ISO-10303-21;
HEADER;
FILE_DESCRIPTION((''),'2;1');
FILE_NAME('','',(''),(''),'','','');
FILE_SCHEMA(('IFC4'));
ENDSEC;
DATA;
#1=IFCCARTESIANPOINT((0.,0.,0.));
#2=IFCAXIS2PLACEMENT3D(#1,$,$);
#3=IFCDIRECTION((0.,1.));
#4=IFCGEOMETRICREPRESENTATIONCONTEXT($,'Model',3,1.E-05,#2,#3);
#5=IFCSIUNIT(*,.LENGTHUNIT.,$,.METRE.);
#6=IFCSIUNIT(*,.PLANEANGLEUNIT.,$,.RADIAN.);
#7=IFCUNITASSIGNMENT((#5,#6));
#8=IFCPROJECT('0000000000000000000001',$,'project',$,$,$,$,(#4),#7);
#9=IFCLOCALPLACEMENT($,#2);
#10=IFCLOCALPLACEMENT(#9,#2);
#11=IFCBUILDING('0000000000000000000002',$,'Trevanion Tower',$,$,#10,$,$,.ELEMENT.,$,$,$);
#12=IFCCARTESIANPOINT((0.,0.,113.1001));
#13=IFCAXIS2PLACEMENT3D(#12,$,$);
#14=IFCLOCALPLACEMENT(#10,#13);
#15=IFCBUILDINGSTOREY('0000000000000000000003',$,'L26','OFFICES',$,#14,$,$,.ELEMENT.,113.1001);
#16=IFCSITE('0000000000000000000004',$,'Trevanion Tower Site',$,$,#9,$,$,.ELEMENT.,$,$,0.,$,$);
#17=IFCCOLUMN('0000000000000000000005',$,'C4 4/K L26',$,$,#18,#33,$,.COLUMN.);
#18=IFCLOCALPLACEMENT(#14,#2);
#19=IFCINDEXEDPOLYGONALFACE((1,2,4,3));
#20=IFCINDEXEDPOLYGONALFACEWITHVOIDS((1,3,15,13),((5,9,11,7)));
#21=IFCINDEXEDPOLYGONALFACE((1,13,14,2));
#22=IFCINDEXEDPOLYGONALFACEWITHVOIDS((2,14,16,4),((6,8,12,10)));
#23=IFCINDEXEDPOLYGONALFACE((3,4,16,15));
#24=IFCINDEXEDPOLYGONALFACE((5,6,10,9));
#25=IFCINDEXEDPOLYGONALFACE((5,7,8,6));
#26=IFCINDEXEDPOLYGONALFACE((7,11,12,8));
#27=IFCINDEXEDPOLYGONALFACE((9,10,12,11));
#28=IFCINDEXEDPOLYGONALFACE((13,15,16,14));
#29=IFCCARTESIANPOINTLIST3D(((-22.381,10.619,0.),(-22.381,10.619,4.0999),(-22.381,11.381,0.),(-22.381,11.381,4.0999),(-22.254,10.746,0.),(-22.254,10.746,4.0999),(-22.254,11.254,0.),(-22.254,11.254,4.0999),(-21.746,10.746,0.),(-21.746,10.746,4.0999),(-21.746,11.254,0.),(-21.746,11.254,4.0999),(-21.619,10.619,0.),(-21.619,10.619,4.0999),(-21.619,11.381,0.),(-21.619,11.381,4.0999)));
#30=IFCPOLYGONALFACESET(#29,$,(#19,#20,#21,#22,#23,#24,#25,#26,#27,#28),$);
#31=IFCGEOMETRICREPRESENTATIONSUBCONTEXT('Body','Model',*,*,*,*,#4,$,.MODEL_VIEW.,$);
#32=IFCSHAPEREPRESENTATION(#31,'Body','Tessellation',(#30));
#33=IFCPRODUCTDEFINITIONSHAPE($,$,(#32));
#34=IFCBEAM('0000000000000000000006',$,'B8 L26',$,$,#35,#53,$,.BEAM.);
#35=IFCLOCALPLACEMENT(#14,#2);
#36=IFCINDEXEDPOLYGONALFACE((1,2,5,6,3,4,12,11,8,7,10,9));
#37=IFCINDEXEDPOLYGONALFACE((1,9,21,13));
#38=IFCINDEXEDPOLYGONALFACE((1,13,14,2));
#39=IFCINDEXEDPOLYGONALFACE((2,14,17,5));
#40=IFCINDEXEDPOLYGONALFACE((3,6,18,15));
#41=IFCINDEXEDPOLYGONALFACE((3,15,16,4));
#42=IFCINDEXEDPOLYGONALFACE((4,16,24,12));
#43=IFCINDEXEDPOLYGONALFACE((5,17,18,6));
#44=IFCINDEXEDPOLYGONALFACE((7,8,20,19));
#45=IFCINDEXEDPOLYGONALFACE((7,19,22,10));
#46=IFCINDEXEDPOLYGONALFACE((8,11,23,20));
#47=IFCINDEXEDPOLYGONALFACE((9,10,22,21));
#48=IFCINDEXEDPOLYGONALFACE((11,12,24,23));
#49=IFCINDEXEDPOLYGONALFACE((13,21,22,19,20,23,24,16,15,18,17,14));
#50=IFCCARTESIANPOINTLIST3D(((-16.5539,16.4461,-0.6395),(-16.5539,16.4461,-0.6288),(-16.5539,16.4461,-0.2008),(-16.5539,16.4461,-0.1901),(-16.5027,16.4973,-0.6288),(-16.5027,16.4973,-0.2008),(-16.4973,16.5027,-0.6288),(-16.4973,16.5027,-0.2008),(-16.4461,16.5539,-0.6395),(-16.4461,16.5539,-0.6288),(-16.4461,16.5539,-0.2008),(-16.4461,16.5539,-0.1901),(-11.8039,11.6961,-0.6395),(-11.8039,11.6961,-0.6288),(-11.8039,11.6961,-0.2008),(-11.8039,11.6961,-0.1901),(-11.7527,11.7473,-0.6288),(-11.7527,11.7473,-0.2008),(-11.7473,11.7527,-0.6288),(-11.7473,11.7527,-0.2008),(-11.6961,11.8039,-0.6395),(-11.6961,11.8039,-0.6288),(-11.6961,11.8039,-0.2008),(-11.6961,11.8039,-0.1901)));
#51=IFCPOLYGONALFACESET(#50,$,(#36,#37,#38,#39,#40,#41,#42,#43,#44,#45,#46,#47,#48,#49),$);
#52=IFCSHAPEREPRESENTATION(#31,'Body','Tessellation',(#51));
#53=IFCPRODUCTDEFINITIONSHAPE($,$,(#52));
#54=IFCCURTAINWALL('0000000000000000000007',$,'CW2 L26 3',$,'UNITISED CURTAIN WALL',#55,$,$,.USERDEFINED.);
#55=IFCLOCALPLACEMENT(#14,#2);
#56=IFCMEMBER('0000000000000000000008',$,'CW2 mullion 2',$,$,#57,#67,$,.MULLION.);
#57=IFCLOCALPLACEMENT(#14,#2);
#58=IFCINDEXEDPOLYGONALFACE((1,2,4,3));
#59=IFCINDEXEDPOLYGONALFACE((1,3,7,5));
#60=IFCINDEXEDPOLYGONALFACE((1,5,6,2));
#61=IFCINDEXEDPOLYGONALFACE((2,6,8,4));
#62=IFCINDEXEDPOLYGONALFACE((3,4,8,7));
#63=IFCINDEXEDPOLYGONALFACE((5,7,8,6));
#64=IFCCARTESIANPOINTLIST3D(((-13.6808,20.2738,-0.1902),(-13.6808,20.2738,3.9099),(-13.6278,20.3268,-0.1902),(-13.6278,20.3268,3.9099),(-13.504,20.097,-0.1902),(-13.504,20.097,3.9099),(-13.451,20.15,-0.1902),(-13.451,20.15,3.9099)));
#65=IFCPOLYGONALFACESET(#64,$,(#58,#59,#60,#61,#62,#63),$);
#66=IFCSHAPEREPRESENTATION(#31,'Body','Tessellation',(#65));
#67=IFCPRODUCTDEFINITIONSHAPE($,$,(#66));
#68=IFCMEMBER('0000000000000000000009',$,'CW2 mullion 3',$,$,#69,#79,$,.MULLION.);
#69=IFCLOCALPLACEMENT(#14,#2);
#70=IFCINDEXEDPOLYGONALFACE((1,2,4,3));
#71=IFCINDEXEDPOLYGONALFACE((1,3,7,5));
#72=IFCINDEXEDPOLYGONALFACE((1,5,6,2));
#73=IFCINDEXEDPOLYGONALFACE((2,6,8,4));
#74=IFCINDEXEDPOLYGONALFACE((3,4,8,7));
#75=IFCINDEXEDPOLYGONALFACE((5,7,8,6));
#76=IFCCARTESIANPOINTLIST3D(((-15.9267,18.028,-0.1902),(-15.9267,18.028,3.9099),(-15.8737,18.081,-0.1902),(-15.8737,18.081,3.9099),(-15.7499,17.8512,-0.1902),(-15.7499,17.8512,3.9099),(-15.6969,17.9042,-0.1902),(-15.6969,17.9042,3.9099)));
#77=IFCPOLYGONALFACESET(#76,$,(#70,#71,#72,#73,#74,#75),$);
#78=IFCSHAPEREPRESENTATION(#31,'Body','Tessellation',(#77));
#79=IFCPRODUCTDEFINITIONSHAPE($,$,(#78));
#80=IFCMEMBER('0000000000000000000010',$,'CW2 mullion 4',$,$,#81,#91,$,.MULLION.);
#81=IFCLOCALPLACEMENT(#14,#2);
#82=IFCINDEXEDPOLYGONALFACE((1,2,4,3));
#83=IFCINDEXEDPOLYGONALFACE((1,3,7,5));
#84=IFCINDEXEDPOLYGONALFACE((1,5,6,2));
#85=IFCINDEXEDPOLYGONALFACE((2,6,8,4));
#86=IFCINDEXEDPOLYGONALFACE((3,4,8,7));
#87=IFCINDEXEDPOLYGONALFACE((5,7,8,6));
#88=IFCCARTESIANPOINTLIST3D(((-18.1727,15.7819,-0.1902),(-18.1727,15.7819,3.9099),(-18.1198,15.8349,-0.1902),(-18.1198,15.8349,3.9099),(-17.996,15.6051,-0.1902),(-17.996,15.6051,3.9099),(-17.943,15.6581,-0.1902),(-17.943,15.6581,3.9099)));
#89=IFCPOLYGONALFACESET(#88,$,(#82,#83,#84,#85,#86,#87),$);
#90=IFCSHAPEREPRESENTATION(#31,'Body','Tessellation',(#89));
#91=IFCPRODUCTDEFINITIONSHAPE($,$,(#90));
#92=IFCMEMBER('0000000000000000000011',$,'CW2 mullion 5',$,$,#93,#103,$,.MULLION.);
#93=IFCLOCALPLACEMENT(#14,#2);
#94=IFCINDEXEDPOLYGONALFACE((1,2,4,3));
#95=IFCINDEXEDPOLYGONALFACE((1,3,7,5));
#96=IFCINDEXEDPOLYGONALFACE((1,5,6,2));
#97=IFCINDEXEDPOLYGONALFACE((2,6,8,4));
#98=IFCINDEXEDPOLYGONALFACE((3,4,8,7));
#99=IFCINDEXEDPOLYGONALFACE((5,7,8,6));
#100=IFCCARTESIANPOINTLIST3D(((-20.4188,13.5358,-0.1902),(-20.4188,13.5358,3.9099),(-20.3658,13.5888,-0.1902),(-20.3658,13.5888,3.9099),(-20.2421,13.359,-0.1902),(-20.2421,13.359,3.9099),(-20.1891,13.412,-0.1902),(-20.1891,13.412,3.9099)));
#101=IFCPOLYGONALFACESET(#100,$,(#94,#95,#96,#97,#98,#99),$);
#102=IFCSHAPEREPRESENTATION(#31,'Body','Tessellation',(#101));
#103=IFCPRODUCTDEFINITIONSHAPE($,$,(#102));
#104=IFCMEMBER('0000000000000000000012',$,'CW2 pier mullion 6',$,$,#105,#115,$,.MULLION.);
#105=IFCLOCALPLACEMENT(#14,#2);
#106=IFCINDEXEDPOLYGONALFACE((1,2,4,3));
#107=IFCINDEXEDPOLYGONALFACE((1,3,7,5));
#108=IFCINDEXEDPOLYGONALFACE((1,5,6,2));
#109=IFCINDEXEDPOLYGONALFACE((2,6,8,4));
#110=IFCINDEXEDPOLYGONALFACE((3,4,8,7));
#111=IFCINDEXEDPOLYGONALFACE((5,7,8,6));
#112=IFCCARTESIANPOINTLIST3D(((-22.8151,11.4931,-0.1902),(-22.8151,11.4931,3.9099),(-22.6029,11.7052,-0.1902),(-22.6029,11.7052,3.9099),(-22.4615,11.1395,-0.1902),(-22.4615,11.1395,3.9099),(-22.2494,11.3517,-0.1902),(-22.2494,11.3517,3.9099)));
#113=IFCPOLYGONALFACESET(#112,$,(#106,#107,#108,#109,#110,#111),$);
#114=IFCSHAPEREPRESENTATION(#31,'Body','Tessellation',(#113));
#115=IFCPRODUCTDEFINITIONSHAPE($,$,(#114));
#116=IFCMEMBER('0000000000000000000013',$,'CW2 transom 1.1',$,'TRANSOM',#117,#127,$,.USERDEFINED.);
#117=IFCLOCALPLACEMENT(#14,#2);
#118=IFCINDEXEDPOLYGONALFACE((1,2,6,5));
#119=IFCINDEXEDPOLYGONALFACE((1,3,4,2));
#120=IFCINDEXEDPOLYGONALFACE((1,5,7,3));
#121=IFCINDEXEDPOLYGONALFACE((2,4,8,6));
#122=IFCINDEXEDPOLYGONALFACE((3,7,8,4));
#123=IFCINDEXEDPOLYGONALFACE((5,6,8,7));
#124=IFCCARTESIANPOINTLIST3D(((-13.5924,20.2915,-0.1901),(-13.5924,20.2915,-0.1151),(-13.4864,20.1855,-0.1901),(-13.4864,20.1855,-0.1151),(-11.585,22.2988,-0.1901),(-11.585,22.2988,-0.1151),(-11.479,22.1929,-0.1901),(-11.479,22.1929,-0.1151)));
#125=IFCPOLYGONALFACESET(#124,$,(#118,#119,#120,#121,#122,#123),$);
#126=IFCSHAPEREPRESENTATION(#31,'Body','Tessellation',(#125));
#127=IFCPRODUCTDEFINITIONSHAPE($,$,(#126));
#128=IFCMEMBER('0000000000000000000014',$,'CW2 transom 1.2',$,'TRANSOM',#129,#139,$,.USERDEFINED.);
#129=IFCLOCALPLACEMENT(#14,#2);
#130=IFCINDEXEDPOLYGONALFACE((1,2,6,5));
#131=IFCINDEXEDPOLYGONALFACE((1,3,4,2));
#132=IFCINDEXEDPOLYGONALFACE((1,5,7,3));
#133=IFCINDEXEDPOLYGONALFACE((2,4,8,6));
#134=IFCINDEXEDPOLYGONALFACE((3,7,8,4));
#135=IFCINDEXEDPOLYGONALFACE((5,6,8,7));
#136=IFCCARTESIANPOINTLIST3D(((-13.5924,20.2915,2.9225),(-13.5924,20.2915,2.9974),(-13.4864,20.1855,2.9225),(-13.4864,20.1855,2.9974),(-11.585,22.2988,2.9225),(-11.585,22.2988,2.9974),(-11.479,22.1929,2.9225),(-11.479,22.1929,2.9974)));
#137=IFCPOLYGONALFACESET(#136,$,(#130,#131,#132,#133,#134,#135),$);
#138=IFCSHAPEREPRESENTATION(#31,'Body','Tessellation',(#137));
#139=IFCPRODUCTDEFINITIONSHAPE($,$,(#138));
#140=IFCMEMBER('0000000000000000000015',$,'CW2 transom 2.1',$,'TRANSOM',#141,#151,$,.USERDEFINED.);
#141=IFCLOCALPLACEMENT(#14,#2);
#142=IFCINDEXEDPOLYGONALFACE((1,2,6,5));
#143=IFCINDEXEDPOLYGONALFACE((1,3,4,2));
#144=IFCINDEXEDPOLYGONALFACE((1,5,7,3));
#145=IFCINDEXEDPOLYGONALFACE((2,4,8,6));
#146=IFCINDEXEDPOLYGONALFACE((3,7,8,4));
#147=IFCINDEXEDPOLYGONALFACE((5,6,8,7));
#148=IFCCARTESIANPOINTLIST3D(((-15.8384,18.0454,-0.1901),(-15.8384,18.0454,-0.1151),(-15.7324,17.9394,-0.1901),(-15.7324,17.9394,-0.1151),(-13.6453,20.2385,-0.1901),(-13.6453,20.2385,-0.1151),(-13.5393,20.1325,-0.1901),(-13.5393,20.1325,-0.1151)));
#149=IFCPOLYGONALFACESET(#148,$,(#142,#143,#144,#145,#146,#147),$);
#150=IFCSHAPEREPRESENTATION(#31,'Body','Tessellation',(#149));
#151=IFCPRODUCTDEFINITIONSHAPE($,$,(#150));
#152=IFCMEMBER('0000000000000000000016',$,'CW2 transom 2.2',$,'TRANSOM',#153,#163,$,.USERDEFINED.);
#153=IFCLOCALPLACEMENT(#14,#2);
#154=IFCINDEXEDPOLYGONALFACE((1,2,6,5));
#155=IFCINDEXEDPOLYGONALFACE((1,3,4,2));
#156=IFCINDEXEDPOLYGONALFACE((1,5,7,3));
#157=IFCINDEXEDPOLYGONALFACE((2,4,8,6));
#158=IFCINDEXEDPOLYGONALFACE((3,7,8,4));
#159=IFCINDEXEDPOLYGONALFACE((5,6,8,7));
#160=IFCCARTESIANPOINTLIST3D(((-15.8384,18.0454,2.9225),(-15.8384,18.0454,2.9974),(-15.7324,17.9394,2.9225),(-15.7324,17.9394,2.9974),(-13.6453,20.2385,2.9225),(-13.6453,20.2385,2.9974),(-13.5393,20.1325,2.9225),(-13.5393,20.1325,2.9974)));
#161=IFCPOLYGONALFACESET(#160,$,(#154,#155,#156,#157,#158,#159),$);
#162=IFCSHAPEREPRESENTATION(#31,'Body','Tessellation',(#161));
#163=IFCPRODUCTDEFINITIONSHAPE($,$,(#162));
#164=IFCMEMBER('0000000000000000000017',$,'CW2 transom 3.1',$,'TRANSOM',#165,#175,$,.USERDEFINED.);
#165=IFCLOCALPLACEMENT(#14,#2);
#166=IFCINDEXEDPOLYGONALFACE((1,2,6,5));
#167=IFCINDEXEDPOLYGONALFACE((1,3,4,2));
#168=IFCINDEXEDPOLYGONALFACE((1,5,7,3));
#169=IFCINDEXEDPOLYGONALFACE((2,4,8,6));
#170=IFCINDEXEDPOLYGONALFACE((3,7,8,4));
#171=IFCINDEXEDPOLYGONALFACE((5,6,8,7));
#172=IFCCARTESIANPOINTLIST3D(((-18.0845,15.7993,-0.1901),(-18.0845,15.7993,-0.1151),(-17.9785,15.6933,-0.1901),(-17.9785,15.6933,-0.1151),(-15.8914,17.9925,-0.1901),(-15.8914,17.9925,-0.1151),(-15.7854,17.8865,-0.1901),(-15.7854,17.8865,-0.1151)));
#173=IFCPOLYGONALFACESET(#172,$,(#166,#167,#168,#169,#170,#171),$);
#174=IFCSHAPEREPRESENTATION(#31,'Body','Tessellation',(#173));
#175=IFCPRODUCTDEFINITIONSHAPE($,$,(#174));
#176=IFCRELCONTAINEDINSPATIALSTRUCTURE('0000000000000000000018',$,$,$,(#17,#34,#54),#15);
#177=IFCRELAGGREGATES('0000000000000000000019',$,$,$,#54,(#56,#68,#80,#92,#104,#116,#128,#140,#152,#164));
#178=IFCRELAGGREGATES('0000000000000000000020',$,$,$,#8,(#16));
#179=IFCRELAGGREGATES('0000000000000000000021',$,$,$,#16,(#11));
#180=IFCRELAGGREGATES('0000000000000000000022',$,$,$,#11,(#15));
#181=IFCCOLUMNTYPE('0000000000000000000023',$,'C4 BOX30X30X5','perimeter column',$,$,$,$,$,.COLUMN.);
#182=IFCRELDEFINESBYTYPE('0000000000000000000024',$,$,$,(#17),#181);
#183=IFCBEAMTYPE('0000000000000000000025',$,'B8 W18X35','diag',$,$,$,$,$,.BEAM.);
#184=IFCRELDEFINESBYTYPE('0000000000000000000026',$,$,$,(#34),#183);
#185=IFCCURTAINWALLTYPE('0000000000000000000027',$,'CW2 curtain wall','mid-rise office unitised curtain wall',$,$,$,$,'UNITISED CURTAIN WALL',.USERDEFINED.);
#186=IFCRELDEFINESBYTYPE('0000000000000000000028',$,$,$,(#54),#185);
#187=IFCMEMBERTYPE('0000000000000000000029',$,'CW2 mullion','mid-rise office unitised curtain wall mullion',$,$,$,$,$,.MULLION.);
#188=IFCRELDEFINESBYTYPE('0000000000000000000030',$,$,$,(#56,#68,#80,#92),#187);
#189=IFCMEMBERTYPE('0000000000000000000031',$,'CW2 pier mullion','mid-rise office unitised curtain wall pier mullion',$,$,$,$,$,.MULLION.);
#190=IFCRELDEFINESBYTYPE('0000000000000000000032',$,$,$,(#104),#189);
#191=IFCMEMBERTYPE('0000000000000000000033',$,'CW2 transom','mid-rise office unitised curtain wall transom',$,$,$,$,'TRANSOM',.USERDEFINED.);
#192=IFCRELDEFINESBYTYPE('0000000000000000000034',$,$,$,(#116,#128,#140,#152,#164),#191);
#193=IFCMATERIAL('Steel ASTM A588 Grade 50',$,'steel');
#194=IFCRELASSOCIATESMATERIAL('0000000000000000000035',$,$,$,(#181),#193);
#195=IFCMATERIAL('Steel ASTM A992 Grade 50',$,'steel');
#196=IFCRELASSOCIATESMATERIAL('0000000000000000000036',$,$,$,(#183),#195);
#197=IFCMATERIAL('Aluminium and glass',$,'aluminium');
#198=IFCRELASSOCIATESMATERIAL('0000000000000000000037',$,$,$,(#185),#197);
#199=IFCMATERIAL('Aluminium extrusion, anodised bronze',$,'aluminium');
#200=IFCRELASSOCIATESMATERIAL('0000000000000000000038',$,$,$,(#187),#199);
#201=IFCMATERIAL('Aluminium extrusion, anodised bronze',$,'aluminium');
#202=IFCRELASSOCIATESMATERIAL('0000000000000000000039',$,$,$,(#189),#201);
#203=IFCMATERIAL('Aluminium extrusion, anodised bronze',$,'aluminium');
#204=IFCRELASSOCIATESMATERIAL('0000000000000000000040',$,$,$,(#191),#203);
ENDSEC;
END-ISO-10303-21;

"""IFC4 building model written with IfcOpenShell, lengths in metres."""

from ifc_helpers import new_model, si_unit, direction, frame, origin, origin_2d, place, context, subcontext, project, spatial, rectangle, hollow_rectangle, i_section, extrude, material, material_profile, profile_set, type_object, element, aggregate, save


model = new_model("IFC4")

# Units and contexts
model_context = context("Model", 3, precision=1e-05, world=origin(), true_north=direction((0.0, 1.0)))
body_context = subcontext(model_context, "Body", "Model", "MODEL_VIEW")
ifc_project = project(units=[si_unit("LENGTHUNIT", "METRE"), si_unit("PLANEANGLEUNIT", "RADIAN")], contexts=[model_context])

# Site, building, storey
site_placement = place(None, origin())
site = spatial("IfcSite", under=ifc_project, at=site_placement, Name="Trevanion Tower Site", CompositionType="ELEMENT", RefElevation=0.0)
building_placement = place(site_placement, origin())
building = spatial("IfcBuilding", under=site, at=building_placement, Name="Trevanion Tower", CompositionType="ELEMENT")
storey_placement = place(building_placement, frame((0.0, 0.0, 113.1001)))
storey = spatial("IfcBuildingStorey", under=building, at=storey_placement, Name="L26", Description="OFFICES", CompositionType="ELEMENT", Elevation=113.1001)

# Column
ifc_material_1 = material(Name="Steel ASTM A588 Grade 50", Category="steel")
ifc_material_profile_1 = material_profile(ifc_material_1, hollow_rectangle(XDim=0.762, YDim=0.762, WallThickness=0.127, at=origin_2d()), Name="BOX30X30X5")
ifc_profile_set_1 = profile_set([ifc_material_profile_1], Name="Steel ASTM A588 Grade 50")
column_type = type_object("IfcColumnType", Name="C4 BOX30X30X5", Description="perimeter column", PredefinedType="COLUMN", material=ifc_profile_set_1)
column_placement = place(storey_placement, frame((-22.0, 11.0, 0.0), z_axis=(0.0, 0.0, 1.0), x_axis=(0.0, 1.0, 0.0)))
element("IfcColumn", 1, at=column_placement, inside=storey, type_object=column_type, Name="C4 4/K L26", PredefinedType="COLUMN", context=body_context, shape_type="SweptSolid", body=[
    extrude(hollow_rectangle(XDim=0.762, YDim=0.762, WallThickness=0.127, at=origin_2d()), origin(), (0.0, 0.0, 1.0), 4.0999),
])

# Beam
ifc_material_2 = material(Name="Steel ASTM A992 Grade 50", Category="steel")
ifc_material_profile_2 = material_profile(ifc_material_2, i_section(OverallWidth=0.1523, OverallDepth=0.4495, WebThickness=0.0076, FlangeThickness=0.0107, at=origin_2d()), Name="W18X35")
ifc_profile_set_2 = profile_set([ifc_material_profile_2], Name="Steel ASTM A992 Grade 50")
beam_type_1 = type_object("IfcBeamType", Name="B8 W18X35", Description="diag", PredefinedType="BEAM", material=ifc_profile_set_2)
beam_1_placement = place(storey_placement, frame((-11.75, 11.75, -0.4148), z_axis=(-0.707107, 0.707107, 0.0), x_axis=(-0.707107, -0.707107, 0.0)))
element("IfcBeam", 2, at=beam_1_placement, inside=storey, type_object=beam_type_1, Name="B8 L26", PredefinedType="BEAM", context=body_context, shape_type="SweptSolid", body=[
    extrude(i_section(OverallWidth=0.1523, OverallDepth=0.4495, WebThickness=0.0076, FlangeThickness=0.0107, at=origin_2d()), origin(), (0.0, 0.0, 1.0), 6.7175),
])

# Curtain wall, members
ifc_material_3 = material(Name="Aluminium and glass", Category="aluminium")
curtain_wall_type = type_object("IfcCurtainWallType", Name="CW2 curtain wall", Description="mid-rise office unitised curtain wall", ElementType="UNITISED CURTAIN WALL", PredefinedType="USERDEFINED", material=ifc_material_3)
curtain_wall_placement = place(storey_placement, origin())
curtain_wall = element("IfcCurtainWall", 3, at=curtain_wall_placement, inside=storey, type_object=curtain_wall_type, Name="CW2 L26 3", ObjectType="UNITISED CURTAIN WALL", PredefinedType="USERDEFINED")
ifc_material_4 = material(Name="Aluminium extrusion, anodised bronze", Category="aluminium")
ifc_material_profile_3 = material_profile(ifc_material_4, rectangle(XDim=0.075, YDim=0.25, at=origin_2d()), Name="CW2 mullion")
ifc_profile_set_3 = profile_set([ifc_material_profile_3], Name="Aluminium extrusion, anodised bronze")
member_type_1 = type_object("IfcMemberType", Name="CW2 mullion", Description="mid-rise office unitised curtain wall mullion", PredefinedType="MULLION", material=ifc_profile_set_3)
member_1_placement = place(storey_placement, frame((-13.5659, 20.2119, -0.1902), z_axis=(0.0, 0.0, 1.0), x_axis=(-0.707107, -0.707107, 0.0)))
member_1 = element("IfcMember", 4, at=member_1_placement, type_object=member_type_1, Name="CW2 mullion 2", PredefinedType="MULLION", context=body_context, shape_type="SweptSolid", body=[
    extrude(rectangle(XDim=0.075, YDim=0.25, at=origin_2d()), origin(), (0.0, 0.0, 1.0), 4.1001),
])
member_2_placement = place(storey_placement, frame((-15.8118, 17.9661, -0.1902), z_axis=(0.0, 0.0, 1.0), x_axis=(-0.707107, -0.707107, 0.0)))
member_2 = element("IfcMember", 5, at=member_2_placement, type_object=member_type_1, Name="CW2 mullion 3", PredefinedType="MULLION", context=body_context, shape_type="SweptSolid", body=[
    extrude(rectangle(XDim=0.075, YDim=0.25, at=origin_2d()), origin(), (0.0, 0.0, 1.0), 4.1001),
])
member_3_placement = place(storey_placement, frame((-18.0579, 15.72, -0.1902), z_axis=(0.0, 0.0, 1.0), x_axis=(-0.707107, -0.707107, 0.0)))
member_3 = element("IfcMember", 6, at=member_3_placement, type_object=member_type_1, Name="CW2 mullion 4", PredefinedType="MULLION", context=body_context, shape_type="SweptSolid", body=[
    extrude(rectangle(XDim=0.075, YDim=0.25, at=origin_2d()), origin(), (0.0, 0.0, 1.0), 4.1001),
])
member_4_placement = place(storey_placement, frame((-20.304, 13.4739, -0.1902), z_axis=(0.0, 0.0, 1.0), x_axis=(-0.707107, -0.707107, 0.0)))
member_4 = element("IfcMember", 7, at=member_4_placement, type_object=member_type_1, Name="CW2 mullion 5", PredefinedType="MULLION", context=body_context, shape_type="SweptSolid", body=[
    extrude(rectangle(XDim=0.075, YDim=0.25, at=origin_2d()), origin(), (0.0, 0.0, 1.0), 4.1001),
])
ifc_material_5 = material(Name="Aluminium extrusion, anodised bronze", Category="aluminium")
ifc_material_profile_4 = material_profile(ifc_material_5, rectangle(XDim=0.3, YDim=0.5, at=origin_2d()), Name="CW2 pier mullion")
ifc_profile_set_4 = profile_set([ifc_material_profile_4], Name="Aluminium extrusion, anodised bronze")
member_type_2 = type_object("IfcMemberType", Name="CW2 pier mullion", Description="mid-rise office unitised curtain wall pier mullion", PredefinedType="MULLION", material=ifc_profile_set_4)
member_5_placement = place(storey_placement, frame((-22.5322, 11.4224, -0.1902), z_axis=(0.0, 0.0, 1.0), x_axis=(-0.707107, -0.707107, 0.0)))
member_5 = element("IfcMember", 8, at=member_5_placement, type_object=member_type_2, Name="CW2 pier mullion 6", PredefinedType="MULLION", context=body_context, shape_type="SweptSolid", body=[
    extrude(rectangle(XDim=0.3, YDim=0.5, at=origin_2d()), origin(), (0.0, 0.0, 1.0), 4.1001),
])
ifc_material_6 = material(Name="Aluminium extrusion, anodised bronze", Category="aluminium")
ifc_material_profile_5 = material_profile(ifc_material_6, rectangle(XDim=0.1499, YDim=0.075, at=origin_2d()), Name="CW2 transom")
ifc_profile_set_5 = profile_set([ifc_material_profile_5], Name="Aluminium extrusion, anodised bronze")
member_type_3 = type_object("IfcMemberType", Name="CW2 transom", Description="mid-rise office unitised curtain wall transom", ElementType="TRANSOM", PredefinedType="USERDEFINED", material=ifc_profile_set_5)
member_6_placement = place(storey_placement, frame((-11.532, 22.2458, -0.1526), z_axis=(-0.707107, -0.707107, 0.0), x_axis=(0.707107, -0.707107, 0.0)))
member_6 = element("IfcMember", 9, at=member_6_placement, type_object=member_type_3, Name="CW2 transom 1.1", ObjectType="TRANSOM", PredefinedType="USERDEFINED", context=body_context, shape_type="SweptSolid", body=[
    extrude(rectangle(XDim=0.1499, YDim=0.075, at=origin_2d()), origin(), (0.0, 0.0, 1.0), 2.8389),
])
member_7_placement = place(storey_placement, frame((-11.532, 22.2458, 2.96), z_axis=(-0.707107, -0.707107, 0.0), x_axis=(0.707107, -0.707107, 0.0)))
member_7 = element("IfcMember", 10, at=member_7_placement, type_object=member_type_3, Name="CW2 transom 1.2", ObjectType="TRANSOM", PredefinedType="USERDEFINED", context=body_context, shape_type="SweptSolid", body=[
    extrude(rectangle(XDim=0.1499, YDim=0.075, at=origin_2d()), origin(), (0.0, 0.0, 1.0), 2.8389),
])
member_8_placement = place(storey_placement, frame((-13.5923, 20.1855, -0.1526), z_axis=(-0.707107, -0.707107, 0.0), x_axis=(0.707107, -0.707107, 0.0)))
member_8 = element("IfcMember", 11, at=member_8_placement, type_object=member_type_3, Name="CW2 transom 2.1", ObjectType="TRANSOM", PredefinedType="USERDEFINED", context=body_context, shape_type="SweptSolid", body=[
    extrude(rectangle(XDim=0.1499, YDim=0.075, at=origin_2d()), origin(), (0.0, 0.0, 1.0), 3.1016),
])
member_9_placement = place(storey_placement, frame((-13.5923, 20.1855, 2.96), z_axis=(-0.707107, -0.707107, 0.0), x_axis=(0.707107, -0.707107, 0.0)))
member_9 = element("IfcMember", 12, at=member_9_placement, type_object=member_type_3, Name="CW2 transom 2.2", ObjectType="TRANSOM", PredefinedType="USERDEFINED", context=body_context, shape_type="SweptSolid", body=[
    extrude(rectangle(XDim=0.1499, YDim=0.075, at=origin_2d()), origin(), (0.0, 0.0, 1.0), 3.1016),
])
member_10_placement = place(storey_placement, frame((-15.8384, 17.9395, -0.1526), z_axis=(-0.707107, -0.707107, 0.0), x_axis=(0.707107, -0.707107, 0.0)))
member_10 = element("IfcMember", 13, at=member_10_placement, type_object=member_type_3, Name="CW2 transom 3.1", ObjectType="TRANSOM", PredefinedType="USERDEFINED", context=body_context, shape_type="SweptSolid", body=[
    extrude(rectangle(XDim=0.1499, YDim=0.075, at=origin_2d()), origin(), (0.0, 0.0, 1.0), 3.1016),
])

aggregate(curtain_wall, [member_1, member_2, member_3, member_4, member_5, member_6, member_7, member_8, member_9, member_10])

save(model, "model.ifc")
